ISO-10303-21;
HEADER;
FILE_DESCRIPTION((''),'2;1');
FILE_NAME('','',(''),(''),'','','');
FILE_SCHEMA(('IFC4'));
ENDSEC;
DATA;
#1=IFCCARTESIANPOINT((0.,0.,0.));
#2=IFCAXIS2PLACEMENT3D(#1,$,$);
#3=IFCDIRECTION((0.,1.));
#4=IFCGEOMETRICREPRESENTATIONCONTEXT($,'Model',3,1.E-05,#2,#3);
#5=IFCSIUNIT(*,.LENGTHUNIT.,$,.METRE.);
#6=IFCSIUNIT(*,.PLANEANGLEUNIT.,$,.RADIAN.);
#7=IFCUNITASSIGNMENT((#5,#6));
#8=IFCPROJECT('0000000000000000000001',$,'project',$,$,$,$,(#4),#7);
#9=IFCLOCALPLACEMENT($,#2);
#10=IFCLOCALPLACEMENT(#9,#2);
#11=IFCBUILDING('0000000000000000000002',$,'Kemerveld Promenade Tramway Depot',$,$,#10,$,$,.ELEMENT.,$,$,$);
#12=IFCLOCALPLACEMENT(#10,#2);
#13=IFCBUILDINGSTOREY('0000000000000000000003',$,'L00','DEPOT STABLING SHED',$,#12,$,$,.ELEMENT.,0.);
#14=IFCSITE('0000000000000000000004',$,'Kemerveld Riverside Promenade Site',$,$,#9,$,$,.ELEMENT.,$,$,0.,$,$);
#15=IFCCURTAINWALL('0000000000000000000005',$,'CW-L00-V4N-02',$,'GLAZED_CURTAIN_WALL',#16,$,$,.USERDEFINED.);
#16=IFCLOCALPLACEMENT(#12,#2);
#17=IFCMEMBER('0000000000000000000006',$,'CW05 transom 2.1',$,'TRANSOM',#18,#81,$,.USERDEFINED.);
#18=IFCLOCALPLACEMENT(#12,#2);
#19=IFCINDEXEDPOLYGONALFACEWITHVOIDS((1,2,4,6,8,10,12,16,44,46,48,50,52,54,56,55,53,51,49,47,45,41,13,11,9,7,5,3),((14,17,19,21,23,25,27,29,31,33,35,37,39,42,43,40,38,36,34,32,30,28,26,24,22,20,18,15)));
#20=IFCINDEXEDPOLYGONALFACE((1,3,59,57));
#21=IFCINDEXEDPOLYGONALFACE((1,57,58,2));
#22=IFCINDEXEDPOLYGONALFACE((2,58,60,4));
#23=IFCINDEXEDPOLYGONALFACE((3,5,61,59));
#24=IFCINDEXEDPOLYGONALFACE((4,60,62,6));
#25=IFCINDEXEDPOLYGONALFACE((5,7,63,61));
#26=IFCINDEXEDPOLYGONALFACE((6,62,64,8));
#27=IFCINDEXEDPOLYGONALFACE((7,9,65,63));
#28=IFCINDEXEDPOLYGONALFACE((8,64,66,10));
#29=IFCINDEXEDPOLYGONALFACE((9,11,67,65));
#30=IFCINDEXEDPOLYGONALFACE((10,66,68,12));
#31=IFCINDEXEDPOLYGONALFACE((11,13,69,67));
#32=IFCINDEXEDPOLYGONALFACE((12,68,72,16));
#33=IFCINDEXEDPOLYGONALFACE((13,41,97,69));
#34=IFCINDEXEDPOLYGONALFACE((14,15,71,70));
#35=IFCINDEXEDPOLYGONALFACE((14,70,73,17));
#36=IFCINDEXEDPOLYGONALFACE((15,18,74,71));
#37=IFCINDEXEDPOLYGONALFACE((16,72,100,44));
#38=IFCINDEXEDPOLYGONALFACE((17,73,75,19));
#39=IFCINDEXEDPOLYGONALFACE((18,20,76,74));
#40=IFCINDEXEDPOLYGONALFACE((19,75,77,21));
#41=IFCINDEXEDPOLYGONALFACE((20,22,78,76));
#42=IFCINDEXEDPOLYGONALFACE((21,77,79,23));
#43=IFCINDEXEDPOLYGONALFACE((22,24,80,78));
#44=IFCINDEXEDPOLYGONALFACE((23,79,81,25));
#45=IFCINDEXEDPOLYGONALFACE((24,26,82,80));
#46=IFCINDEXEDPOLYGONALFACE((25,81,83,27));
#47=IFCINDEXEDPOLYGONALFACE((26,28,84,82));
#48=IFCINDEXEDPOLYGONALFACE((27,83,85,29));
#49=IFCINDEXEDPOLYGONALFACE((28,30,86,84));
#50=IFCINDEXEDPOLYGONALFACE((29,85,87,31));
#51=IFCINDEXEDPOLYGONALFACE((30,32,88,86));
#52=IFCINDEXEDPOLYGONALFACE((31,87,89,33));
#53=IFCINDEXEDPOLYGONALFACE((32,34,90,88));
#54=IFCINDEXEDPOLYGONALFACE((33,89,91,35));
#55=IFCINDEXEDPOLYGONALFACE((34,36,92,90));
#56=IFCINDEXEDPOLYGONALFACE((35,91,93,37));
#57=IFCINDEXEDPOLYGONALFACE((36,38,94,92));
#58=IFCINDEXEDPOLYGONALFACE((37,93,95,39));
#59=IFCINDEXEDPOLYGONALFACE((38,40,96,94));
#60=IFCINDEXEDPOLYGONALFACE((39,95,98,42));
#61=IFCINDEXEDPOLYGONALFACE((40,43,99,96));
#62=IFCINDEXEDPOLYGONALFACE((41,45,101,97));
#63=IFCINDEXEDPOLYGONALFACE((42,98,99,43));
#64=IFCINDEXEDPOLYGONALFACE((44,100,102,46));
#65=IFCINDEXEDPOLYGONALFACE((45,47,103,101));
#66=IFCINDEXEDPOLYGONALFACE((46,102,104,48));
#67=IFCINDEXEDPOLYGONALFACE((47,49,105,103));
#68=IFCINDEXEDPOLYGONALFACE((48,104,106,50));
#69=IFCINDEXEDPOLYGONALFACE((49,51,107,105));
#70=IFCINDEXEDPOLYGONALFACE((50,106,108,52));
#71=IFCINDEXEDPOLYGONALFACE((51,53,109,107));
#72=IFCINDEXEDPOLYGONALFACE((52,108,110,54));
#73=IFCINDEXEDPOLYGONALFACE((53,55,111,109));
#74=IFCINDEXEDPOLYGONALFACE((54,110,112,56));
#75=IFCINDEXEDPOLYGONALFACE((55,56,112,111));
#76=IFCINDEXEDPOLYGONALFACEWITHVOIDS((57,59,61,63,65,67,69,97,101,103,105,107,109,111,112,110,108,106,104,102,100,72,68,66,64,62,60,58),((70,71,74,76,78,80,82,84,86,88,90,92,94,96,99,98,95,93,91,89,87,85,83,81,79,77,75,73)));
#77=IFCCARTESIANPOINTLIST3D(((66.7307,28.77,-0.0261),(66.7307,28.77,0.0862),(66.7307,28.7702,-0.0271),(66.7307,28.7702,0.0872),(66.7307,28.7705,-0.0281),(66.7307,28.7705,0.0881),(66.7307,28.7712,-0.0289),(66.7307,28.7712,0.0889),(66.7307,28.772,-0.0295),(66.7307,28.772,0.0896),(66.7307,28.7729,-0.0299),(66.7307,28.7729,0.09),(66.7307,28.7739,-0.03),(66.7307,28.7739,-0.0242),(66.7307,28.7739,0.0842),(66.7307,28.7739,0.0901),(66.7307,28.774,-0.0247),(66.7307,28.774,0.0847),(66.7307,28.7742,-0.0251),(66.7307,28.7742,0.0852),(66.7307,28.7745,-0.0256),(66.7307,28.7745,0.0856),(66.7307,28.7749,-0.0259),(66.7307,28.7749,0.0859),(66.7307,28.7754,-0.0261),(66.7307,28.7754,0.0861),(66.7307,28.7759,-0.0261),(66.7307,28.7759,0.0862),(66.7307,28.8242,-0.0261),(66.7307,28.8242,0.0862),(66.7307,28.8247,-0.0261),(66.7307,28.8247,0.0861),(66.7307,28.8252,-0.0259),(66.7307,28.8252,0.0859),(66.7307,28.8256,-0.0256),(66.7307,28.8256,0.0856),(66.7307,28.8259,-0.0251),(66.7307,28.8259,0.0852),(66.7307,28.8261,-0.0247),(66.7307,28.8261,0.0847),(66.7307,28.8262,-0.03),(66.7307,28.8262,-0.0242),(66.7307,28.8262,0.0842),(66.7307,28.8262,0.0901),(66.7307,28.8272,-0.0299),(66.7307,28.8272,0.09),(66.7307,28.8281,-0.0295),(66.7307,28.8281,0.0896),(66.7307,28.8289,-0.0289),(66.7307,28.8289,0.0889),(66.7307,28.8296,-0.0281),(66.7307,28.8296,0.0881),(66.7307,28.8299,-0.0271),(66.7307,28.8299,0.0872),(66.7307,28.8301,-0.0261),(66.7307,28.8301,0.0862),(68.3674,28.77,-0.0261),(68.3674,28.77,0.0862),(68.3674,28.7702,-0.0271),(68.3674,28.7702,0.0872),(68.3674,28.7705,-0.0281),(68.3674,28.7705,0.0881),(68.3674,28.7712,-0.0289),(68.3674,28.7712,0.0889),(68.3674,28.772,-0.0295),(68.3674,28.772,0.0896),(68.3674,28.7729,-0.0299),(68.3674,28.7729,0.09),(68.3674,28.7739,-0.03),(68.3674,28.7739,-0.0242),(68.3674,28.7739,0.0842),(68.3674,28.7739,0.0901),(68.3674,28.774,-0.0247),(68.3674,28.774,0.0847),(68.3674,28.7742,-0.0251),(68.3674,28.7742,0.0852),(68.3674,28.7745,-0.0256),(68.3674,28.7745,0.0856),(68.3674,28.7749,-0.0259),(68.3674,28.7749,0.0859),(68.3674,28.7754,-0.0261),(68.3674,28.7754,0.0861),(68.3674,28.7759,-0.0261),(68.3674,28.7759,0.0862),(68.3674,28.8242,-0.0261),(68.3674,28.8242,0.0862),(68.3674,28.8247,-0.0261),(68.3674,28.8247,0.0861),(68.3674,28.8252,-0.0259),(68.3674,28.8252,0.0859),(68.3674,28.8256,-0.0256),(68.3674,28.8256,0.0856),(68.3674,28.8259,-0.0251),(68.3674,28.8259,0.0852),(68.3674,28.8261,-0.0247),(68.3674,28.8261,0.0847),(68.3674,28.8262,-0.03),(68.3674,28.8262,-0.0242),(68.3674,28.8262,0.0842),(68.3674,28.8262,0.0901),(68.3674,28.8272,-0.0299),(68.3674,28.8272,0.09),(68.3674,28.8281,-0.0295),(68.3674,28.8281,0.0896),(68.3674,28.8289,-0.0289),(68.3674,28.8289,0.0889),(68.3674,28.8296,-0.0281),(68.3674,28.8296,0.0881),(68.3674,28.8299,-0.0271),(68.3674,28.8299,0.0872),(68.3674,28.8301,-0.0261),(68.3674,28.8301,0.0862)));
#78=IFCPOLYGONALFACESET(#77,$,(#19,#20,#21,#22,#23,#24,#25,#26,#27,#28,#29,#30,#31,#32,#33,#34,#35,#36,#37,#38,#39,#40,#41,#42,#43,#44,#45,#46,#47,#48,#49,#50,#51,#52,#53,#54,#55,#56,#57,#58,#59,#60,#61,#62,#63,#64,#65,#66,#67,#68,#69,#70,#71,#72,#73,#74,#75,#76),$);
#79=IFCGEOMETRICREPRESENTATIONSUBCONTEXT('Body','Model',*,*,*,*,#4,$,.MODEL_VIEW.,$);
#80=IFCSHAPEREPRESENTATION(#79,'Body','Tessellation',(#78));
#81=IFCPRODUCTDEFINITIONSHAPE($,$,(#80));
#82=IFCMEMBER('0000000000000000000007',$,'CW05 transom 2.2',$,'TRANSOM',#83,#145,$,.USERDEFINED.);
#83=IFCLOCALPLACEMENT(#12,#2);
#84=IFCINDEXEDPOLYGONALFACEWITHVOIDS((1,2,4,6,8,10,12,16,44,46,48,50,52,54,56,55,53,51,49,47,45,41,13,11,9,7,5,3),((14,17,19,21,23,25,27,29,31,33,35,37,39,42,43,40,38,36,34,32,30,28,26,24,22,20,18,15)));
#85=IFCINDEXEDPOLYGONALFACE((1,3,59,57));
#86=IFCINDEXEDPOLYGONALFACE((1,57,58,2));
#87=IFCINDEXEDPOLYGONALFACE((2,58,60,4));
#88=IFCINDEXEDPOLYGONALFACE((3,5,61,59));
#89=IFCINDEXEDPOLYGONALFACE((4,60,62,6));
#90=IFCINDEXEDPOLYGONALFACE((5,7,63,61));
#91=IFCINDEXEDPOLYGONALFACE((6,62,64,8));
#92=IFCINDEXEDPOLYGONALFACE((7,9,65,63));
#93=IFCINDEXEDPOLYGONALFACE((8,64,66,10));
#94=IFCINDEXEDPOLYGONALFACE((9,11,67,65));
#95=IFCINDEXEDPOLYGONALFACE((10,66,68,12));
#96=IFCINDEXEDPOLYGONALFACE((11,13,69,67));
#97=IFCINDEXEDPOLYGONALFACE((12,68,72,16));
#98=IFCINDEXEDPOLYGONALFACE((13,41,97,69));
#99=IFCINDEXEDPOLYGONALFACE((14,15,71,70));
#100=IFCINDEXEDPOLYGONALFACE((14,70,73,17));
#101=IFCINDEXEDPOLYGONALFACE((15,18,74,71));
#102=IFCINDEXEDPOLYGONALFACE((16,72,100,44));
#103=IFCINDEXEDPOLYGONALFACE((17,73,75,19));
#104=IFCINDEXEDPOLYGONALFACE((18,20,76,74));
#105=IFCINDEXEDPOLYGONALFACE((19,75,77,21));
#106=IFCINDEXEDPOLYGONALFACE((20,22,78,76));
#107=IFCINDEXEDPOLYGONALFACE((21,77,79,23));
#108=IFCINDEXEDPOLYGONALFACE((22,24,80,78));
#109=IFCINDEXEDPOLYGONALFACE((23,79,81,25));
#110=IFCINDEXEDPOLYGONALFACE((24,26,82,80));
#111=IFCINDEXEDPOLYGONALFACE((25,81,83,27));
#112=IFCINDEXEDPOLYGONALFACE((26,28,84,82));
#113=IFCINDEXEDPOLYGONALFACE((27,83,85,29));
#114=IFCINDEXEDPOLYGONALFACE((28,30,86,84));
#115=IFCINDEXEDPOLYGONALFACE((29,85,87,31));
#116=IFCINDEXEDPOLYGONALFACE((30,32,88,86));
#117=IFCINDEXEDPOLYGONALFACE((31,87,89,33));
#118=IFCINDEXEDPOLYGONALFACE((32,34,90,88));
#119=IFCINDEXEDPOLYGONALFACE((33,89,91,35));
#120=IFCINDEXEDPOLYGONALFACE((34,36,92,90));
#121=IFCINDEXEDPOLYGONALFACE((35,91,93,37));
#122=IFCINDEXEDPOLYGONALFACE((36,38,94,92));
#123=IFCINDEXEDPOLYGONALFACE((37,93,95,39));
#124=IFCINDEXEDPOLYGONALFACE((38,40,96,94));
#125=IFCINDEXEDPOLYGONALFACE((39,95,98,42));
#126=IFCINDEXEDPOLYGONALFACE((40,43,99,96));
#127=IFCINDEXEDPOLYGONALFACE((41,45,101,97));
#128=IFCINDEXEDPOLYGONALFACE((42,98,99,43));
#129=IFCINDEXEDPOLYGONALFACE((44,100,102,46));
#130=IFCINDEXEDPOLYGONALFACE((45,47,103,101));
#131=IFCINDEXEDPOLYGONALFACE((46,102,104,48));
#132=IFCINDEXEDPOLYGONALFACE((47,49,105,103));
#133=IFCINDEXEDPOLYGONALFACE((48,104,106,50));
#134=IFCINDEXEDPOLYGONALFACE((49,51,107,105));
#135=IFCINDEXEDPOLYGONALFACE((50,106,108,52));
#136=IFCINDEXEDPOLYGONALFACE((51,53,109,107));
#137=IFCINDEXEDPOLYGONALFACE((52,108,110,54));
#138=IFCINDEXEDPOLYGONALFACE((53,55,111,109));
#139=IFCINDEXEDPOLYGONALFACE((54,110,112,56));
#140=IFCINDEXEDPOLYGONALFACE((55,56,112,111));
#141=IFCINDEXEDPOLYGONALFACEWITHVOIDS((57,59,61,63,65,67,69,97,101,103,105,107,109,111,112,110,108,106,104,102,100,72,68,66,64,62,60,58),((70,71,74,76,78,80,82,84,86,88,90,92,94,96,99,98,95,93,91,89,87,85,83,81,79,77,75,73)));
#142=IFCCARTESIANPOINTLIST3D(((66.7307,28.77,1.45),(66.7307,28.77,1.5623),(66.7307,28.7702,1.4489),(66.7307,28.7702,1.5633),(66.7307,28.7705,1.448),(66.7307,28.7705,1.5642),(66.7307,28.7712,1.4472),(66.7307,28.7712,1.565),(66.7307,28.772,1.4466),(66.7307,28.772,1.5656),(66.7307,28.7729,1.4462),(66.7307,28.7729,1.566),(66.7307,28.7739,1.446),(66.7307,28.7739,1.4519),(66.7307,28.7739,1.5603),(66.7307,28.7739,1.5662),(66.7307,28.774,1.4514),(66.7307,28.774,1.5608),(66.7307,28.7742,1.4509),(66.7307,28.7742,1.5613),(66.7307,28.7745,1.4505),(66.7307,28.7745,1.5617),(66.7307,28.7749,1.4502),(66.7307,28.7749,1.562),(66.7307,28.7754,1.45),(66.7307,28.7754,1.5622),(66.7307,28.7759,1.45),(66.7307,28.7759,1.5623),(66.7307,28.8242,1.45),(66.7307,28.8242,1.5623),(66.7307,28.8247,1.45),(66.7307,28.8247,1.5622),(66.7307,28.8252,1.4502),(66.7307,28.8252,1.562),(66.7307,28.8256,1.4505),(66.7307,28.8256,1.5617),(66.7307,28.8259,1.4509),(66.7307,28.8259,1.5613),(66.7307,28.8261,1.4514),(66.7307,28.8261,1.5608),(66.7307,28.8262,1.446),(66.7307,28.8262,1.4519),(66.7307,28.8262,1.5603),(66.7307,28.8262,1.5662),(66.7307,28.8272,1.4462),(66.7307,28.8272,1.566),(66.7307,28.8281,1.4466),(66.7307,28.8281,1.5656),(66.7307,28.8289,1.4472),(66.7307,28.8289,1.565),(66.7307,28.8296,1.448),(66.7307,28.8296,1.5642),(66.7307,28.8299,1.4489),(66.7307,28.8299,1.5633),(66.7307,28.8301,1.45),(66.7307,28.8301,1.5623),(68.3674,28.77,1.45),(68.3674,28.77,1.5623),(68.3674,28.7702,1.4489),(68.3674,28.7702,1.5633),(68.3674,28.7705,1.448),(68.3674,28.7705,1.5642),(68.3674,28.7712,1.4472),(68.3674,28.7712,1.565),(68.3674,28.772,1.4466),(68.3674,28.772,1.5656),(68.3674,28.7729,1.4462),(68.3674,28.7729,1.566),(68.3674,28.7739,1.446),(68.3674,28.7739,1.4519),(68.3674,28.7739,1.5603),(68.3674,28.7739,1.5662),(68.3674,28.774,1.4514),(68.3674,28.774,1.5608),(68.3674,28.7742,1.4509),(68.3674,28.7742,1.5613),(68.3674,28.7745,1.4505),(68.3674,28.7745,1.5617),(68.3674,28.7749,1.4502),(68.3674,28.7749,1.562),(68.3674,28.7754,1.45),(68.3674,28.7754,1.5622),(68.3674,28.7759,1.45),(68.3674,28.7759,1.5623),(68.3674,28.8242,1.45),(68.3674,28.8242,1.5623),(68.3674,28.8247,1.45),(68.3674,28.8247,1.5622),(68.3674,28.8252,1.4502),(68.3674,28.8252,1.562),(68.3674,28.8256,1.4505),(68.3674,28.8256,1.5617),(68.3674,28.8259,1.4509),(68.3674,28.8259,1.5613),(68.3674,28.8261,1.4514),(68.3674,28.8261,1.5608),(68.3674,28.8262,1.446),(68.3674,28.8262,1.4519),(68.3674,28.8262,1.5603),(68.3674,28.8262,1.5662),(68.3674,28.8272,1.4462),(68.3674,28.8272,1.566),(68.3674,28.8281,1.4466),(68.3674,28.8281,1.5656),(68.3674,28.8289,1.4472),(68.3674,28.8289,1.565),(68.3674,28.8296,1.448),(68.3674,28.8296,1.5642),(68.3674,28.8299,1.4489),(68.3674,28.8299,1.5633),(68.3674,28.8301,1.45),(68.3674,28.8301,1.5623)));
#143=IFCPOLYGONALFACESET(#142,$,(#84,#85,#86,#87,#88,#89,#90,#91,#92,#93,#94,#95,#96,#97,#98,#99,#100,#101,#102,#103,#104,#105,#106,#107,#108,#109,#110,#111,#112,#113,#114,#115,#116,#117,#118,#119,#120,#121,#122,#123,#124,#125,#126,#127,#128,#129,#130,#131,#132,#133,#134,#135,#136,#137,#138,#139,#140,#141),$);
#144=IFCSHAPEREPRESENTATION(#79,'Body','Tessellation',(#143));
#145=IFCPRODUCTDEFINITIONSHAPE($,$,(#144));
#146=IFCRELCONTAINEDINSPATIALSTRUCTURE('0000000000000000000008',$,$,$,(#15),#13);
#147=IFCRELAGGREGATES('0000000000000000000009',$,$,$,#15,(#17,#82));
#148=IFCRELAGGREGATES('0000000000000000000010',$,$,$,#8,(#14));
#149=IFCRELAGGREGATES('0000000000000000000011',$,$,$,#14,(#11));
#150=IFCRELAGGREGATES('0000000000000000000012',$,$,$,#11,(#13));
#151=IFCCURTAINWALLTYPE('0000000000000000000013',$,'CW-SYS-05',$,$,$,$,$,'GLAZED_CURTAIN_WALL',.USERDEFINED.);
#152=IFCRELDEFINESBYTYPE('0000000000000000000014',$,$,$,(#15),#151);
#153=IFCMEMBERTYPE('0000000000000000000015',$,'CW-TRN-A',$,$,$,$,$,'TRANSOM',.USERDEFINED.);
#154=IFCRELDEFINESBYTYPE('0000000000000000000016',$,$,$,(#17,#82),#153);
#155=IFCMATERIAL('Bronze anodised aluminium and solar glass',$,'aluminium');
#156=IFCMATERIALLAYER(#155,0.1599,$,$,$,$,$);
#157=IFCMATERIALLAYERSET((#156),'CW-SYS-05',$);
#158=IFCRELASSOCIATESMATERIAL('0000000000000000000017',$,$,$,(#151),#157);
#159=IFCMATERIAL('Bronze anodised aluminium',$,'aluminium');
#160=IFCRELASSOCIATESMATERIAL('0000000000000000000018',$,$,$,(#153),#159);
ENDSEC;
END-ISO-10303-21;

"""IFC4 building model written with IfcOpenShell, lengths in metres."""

from ifc_helpers import new_model, si_unit, direction, frame, origin, origin_2d, place, context, subcontext, project, spatial, hollow_rectangle, extrude, material, layer, layer_set, material_profile, profile_set, type_object, element, aggregate, save


model = new_model("IFC4")

# Units and contexts
model_context = context("Model", 3, precision=1e-05, world=origin(), true_north=direction((0.0, 1.0)))
body_context = subcontext(model_context, "Body", "Model", "MODEL_VIEW")
ifc_project = project(units=[si_unit("LENGTHUNIT", "METRE"), si_unit("PLANEANGLEUNIT", "RADIAN")], contexts=[model_context])

# Site, building, storey
site_placement = place(None, origin())
site = spatial("IfcSite", under=ifc_project, at=site_placement, Name="Kemerveld Riverside Promenade Site", CompositionType="ELEMENT", RefElevation=0.0)
building_placement = place(site_placement, origin())
building = spatial("IfcBuilding", under=site, at=building_placement, Name="Kemerveld Promenade Tramway Depot", CompositionType="ELEMENT")
storey_placement = place(building_placement, origin())
storey = spatial("IfcBuildingStorey", under=building, at=storey_placement, Name="L00", Description="DEPOT STABLING SHED", CompositionType="ELEMENT", Elevation=0.0)

# Curtain wall, members
ifc_material_1 = material(Name="Bronze anodised aluminium and solar glass", Category="aluminium")
ifc_layer_1 = layer(ifc_material_1, 0.1599)
ifc_layer_set_1 = layer_set([ifc_layer_1], Name="CW-SYS-05")
curtain_wall_type = type_object("IfcCurtainWallType", Name="CW-SYS-05", ElementType="GLAZED_CURTAIN_WALL", PredefinedType="USERDEFINED", material=ifc_layer_set_1)
curtain_wall_placement = place(storey_placement, origin())
curtain_wall = element("IfcCurtainWall", 1, at=curtain_wall_placement, inside=storey, type_object=curtain_wall_type, Name="CW-L00-V4N-02", ObjectType="GLAZED_CURTAIN_WALL", PredefinedType="USERDEFINED")
ifc_material_2 = material(Name="Bronze anodised aluminium", Category="aluminium")
ifc_material_profile_1 = material_profile(ifc_material_2, hollow_rectangle(XDim=0.0601, YDim=0.1201, WallThickness=0.0039, InnerFilletRadius=0.002, OuterFilletRadius=0.0039, at=origin_2d()), Name="CW-TRN-120x60")
ifc_profile_set_1 = profile_set([ifc_material_profile_1], Name="Bronze anodised aluminium")
member_type_1 = type_object("IfcMemberType", Name="CW-TRN-A", ElementType="TRANSOM", PredefinedType="USERDEFINED", material=ifc_profile_set_1)
member_1_placement = place(storey_placement, frame((66.7307, 28.8, 0.03), z_axis=(1.0, 0.0, 0.0), x_axis=(0.0, 1.0, 0.0)))
member_1 = element("IfcMember", 2, at=member_1_placement, type_object=member_type_1, Name="CW05 transom 2.1", ObjectType="TRANSOM", PredefinedType="USERDEFINED", context=body_context, shape_type="SweptSolid", body=[
    extrude(hollow_rectangle(XDim=0.0601, YDim=0.1201, WallThickness=0.0039, InnerFilletRadius=0.002, OuterFilletRadius=0.0039, at=origin_2d()), origin(), (0.0, 0.0, 1.0), 1.6367),
])
member_2_placement = place(storey_placement, frame((66.7307, 28.8, 1.5061), z_axis=(1.0, 0.0, 0.0), x_axis=(0.0, 1.0, 0.0)))
member_2 = element("IfcMember", 3, at=member_2_placement, type_object=member_type_1, Name="CW05 transom 2.2", ObjectType="TRANSOM", PredefinedType="USERDEFINED", context=body_context, shape_type="SweptSolid", body=[
    extrude(hollow_rectangle(XDim=0.0601, YDim=0.1201, WallThickness=0.0039, InnerFilletRadius=0.002, OuterFilletRadius=0.0039, at=origin_2d()), origin(), (0.0, 0.0, 1.0), 1.6367),
])
aggregate(curtain_wall, [member_1, member_2])

save(model, "model.ifc")
